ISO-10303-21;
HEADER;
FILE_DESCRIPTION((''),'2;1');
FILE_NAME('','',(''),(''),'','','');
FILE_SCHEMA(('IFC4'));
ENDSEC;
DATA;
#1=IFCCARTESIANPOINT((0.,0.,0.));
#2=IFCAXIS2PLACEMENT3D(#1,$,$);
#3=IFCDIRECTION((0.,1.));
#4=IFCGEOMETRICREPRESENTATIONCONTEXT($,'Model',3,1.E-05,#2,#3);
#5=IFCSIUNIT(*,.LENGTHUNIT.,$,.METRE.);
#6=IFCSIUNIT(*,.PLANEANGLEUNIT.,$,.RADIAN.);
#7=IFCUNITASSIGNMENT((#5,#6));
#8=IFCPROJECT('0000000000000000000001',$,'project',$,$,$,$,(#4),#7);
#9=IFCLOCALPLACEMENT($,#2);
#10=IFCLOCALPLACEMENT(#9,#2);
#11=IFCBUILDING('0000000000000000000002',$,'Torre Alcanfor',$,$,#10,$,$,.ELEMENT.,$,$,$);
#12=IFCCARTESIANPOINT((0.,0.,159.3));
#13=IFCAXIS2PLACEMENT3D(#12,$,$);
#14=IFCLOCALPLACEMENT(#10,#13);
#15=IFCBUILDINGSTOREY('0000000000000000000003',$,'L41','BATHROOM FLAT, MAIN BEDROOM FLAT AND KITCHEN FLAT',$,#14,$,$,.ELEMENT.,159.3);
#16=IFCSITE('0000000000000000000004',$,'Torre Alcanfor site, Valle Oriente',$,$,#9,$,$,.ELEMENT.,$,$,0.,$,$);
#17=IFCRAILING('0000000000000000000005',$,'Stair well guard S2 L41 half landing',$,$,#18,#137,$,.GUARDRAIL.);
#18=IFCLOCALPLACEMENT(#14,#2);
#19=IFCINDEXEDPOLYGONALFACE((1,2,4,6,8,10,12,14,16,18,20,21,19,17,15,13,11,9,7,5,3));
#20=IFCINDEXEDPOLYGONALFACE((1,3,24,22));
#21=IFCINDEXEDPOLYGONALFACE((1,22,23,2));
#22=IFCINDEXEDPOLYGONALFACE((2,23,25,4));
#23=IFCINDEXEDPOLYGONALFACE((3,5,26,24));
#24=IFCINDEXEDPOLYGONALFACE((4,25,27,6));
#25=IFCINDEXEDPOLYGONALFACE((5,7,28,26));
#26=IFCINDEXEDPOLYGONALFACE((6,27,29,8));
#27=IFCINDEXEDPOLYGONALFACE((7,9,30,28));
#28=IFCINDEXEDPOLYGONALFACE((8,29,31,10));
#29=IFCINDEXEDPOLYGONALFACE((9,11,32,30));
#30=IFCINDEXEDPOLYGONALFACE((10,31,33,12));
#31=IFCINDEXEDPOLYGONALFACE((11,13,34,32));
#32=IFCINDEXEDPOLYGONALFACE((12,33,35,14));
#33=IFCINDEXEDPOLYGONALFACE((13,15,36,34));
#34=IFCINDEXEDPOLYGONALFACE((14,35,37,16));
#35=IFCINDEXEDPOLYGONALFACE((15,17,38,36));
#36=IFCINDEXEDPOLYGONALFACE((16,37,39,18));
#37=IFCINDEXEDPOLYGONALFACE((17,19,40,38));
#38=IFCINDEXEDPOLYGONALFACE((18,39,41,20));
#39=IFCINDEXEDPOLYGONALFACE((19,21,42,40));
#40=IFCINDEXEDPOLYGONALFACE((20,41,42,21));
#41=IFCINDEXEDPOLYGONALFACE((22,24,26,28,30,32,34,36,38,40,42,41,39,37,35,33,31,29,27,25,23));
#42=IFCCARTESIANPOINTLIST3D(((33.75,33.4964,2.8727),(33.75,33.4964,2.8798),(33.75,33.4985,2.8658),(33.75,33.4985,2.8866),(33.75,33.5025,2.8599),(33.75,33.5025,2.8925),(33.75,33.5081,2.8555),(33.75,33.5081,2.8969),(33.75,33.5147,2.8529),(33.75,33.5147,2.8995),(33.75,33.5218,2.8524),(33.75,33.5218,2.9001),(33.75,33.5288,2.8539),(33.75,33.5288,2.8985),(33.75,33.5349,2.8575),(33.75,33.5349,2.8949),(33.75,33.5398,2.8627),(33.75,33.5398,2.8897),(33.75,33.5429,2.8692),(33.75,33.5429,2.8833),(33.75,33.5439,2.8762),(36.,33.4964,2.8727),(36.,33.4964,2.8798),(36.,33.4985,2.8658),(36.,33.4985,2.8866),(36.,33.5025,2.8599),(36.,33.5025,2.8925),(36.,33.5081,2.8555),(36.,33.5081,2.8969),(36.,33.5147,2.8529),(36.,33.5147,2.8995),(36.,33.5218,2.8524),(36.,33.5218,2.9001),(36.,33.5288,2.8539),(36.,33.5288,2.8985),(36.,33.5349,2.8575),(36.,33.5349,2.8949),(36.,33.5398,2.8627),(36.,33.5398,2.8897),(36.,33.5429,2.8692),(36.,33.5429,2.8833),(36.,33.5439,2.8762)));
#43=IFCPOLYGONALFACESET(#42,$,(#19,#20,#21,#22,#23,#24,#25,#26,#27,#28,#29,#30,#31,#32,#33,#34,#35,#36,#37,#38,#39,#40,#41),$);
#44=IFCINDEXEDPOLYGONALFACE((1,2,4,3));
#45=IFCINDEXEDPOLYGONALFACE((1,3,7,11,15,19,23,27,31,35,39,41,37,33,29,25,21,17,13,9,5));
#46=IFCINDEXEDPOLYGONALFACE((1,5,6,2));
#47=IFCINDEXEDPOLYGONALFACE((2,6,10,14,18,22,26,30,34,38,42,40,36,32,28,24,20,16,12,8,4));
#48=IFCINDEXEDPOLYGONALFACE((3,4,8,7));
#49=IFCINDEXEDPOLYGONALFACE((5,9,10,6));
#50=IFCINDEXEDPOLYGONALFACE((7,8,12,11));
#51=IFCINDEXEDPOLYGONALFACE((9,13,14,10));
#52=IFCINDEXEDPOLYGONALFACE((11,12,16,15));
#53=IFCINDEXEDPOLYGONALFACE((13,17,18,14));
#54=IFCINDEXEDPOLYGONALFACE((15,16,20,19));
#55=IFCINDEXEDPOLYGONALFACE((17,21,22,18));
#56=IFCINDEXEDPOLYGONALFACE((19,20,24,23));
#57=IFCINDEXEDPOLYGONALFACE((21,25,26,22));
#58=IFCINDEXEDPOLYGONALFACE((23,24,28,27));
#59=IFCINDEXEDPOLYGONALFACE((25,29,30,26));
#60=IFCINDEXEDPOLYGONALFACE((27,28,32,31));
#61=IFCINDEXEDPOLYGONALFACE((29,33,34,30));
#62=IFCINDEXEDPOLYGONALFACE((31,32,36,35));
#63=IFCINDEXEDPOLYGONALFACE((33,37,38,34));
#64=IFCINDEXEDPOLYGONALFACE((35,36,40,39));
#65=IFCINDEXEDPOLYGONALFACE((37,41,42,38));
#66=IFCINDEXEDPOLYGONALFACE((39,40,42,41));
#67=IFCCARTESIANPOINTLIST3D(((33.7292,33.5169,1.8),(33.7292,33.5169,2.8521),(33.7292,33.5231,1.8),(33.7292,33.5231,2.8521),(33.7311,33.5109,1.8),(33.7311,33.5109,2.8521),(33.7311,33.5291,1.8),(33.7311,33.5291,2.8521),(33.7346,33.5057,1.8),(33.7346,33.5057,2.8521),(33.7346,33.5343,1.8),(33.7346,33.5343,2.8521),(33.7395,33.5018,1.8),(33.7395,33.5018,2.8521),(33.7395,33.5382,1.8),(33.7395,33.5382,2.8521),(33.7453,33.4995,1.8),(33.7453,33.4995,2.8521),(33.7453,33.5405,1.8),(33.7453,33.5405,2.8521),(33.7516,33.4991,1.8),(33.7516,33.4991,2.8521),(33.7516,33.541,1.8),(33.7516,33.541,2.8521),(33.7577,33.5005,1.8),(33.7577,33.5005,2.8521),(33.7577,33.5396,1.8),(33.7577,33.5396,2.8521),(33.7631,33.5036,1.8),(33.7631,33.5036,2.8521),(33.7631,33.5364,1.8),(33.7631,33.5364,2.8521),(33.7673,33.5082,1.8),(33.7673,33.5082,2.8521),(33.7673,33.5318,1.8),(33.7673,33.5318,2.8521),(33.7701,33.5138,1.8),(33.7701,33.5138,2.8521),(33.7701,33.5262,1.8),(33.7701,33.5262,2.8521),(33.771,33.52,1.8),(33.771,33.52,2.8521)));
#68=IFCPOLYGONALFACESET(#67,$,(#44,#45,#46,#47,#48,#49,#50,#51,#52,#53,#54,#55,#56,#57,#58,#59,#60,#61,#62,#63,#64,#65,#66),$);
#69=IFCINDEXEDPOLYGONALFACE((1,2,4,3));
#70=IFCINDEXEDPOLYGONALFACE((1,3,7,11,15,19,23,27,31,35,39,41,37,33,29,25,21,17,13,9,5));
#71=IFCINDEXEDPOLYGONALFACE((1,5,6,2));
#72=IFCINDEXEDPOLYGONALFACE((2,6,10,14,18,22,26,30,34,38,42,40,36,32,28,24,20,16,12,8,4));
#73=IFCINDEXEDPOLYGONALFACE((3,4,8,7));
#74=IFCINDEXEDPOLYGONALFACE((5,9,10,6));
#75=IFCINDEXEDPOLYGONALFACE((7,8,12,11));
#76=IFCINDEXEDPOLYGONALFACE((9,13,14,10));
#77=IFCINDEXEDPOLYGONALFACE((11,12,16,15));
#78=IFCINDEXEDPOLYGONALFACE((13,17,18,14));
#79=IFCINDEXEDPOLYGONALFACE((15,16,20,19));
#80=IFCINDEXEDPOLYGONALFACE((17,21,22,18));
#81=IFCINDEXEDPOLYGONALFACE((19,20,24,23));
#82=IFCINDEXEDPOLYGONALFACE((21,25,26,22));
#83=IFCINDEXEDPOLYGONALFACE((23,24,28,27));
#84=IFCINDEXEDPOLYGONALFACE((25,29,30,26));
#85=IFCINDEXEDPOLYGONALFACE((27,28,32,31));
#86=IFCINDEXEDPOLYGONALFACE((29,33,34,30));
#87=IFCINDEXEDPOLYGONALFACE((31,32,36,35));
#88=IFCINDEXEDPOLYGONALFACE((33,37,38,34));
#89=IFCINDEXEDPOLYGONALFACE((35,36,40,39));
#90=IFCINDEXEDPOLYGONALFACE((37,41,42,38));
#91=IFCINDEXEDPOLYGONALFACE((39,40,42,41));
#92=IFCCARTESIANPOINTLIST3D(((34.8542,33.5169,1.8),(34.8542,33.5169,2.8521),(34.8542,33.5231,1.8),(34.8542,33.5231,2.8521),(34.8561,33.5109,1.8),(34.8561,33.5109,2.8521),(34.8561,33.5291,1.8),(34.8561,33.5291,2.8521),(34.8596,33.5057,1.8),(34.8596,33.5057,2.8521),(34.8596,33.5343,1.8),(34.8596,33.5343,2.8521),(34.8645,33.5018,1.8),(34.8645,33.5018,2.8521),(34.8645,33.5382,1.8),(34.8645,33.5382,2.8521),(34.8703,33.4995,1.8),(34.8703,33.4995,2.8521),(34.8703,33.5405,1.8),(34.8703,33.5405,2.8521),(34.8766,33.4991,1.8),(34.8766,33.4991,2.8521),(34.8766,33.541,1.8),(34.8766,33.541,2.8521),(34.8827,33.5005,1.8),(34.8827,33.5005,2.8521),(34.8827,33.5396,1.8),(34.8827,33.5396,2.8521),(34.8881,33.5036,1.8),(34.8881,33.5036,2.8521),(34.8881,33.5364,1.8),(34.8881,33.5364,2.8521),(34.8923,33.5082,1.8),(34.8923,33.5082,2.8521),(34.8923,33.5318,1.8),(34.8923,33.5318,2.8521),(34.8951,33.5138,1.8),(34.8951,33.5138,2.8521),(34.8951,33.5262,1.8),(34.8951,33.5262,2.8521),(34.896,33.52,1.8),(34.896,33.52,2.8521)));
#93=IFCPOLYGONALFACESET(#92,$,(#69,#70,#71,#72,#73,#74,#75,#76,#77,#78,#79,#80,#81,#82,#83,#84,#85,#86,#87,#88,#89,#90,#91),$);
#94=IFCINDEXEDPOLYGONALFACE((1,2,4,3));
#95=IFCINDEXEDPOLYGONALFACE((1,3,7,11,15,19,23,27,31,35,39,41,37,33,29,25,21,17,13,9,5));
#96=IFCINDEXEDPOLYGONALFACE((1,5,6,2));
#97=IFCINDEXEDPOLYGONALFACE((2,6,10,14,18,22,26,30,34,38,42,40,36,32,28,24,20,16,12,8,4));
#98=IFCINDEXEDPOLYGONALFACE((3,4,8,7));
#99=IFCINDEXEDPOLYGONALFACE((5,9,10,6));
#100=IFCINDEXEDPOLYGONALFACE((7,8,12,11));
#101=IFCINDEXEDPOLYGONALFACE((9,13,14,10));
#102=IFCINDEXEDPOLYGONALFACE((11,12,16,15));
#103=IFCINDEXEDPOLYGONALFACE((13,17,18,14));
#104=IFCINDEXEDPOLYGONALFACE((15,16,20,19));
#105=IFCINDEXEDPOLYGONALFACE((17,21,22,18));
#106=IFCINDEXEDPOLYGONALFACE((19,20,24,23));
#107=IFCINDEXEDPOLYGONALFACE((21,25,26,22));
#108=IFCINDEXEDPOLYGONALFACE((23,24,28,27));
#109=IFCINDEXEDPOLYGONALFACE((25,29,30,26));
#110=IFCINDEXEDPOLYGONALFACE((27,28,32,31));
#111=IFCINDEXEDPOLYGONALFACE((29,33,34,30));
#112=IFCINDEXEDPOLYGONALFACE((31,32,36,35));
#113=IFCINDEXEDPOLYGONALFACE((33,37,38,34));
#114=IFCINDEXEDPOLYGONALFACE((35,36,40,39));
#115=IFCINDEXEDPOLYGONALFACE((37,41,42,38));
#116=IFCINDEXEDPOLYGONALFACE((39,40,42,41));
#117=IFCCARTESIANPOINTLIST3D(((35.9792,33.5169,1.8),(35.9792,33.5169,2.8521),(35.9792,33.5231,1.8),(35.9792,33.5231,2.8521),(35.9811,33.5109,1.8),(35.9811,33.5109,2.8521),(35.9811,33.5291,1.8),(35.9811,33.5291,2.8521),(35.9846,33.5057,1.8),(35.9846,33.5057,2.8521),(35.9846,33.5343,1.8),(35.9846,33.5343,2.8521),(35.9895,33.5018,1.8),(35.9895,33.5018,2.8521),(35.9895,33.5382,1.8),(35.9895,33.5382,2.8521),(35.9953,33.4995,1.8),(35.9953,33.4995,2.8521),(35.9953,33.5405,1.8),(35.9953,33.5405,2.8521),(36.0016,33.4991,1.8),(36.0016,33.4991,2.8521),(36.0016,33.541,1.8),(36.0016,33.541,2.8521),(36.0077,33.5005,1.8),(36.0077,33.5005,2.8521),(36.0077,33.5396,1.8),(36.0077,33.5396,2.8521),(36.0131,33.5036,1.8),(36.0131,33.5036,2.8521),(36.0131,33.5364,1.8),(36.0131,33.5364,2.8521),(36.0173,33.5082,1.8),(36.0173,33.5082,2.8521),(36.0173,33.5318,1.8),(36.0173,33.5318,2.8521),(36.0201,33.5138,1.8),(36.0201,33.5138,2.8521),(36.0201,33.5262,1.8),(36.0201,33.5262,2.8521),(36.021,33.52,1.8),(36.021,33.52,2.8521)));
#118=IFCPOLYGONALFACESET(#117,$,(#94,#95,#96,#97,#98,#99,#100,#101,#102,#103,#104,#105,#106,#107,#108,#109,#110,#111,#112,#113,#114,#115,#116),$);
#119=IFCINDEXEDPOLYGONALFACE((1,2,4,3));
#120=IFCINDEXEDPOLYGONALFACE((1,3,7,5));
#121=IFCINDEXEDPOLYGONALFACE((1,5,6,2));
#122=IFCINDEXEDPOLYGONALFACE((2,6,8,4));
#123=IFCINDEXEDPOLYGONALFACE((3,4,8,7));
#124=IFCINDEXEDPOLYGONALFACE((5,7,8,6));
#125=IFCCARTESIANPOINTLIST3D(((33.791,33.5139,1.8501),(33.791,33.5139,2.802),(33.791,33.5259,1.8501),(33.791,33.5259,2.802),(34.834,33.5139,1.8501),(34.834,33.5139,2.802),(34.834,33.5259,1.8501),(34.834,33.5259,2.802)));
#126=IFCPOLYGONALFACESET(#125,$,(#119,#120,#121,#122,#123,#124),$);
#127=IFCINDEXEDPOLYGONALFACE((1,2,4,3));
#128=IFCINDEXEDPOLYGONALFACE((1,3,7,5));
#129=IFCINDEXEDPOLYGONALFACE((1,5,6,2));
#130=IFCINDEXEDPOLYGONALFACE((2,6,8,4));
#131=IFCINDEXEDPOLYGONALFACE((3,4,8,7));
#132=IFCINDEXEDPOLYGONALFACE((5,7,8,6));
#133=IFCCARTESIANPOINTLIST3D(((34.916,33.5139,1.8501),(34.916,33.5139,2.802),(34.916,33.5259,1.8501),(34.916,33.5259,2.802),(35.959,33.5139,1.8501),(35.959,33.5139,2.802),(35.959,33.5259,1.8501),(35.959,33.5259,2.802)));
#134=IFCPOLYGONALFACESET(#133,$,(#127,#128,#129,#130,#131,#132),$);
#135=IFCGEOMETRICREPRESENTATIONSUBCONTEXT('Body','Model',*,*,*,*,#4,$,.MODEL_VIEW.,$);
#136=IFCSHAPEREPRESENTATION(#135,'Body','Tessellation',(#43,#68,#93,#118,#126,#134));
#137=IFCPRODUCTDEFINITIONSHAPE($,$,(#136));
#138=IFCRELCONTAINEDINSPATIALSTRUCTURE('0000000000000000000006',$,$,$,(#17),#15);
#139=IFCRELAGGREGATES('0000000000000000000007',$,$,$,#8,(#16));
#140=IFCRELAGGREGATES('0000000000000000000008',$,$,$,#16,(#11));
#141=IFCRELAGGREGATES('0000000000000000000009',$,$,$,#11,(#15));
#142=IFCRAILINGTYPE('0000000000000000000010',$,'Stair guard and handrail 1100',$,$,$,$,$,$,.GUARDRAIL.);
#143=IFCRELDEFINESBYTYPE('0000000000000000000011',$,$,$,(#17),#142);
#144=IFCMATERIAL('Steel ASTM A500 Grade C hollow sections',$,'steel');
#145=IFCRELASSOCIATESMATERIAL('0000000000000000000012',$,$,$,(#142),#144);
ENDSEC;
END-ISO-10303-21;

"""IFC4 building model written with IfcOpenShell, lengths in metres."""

from ifc_helpers import new_model, si_unit, direction, frame, origin, origin_2d, place, context, subcontext, project, spatial, polyline, circle, outline, extrude, material, type_object, element, save


model = new_model("IFC4")

# Units and contexts
model_context = context("Model", 3, precision=1e-05, world=origin(), true_north=direction((0.0, 1.0)))
body_context = subcontext(model_context, "Body", "Model", "MODEL_VIEW")
ifc_project = project(units=[si_unit("LENGTHUNIT", "METRE"), si_unit("PLANEANGLEUNIT", "RADIAN")], contexts=[model_context])

# Site, building, storey
site_placement = place(None, origin())
site = spatial("IfcSite", under=ifc_project, at=site_placement, Name="Torre Alcanfor site, Valle Oriente", CompositionType="ELEMENT", RefElevation=0.0)
building_placement = place(site_placement, origin())
building = spatial("IfcBuilding", under=site, at=building_placement, Name="Torre Alcanfor", CompositionType="ELEMENT")
storey_placement = place(building_placement, frame((0.0, 0.0, 159.3)))
storey = spatial("IfcBuildingStorey", under=building, at=storey_placement, Name="L41", Description="BATHROOM FLAT, MAIN BEDROOM FLAT AND KITCHEN FLAT", CompositionType="ELEMENT", Elevation=159.3)

# Railing
ifc_material_1 = material(Name="Steel ASTM A500 Grade C hollow sections", Category="steel")
railing_type_1 = type_object("IfcRailingType", Name="Stair guard and handrail 1100", PredefinedType="GUARDRAIL", material=ifc_material_1)
for number, where, name in (
    (1, (33.75, 33.52, 1.8), "Stair well guard S2 L41 half landing"),
):
    element("IfcRailing", number, at=place(storey_placement, frame(where)), inside=storey, type_object=railing_type_1, Name=name, PredefinedType="GUARDRAIL", context=body_context, shape_type="SweptSolid", body=[
        extrude(circle(Radius=0.0239, at=origin_2d()), frame((0.0, 0.0, 1.0762), z_axis=(1.0, 0.0, 0.0), x_axis=(0.0, 1.0, 0.0)), (0.0, 0.0, 1.0), 2.25),
        extrude(circle(Radius=0.021, at=origin_2d()), origin(), (0.0, 0.0, 1.0), 1.052),
        extrude(circle(Radius=0.021, at=origin_2d()), frame((1.125, 0.0, 0.0)), (0.0, 0.0, 1.0), 1.052),
        extrude(circle(Radius=0.021, at=origin_2d()), frame((2.25, 0.0, 0.0)), (0.0, 0.0, 1.0), 1.052),
        extrude(outline(polyline([(0.041, 0.05), (1.084, 0.05), (1.084, 1.002), (0.041, 1.002), (0.041, 0.05)])), frame((0.0, 0.0059, 0.0), z_axis=(0.0, -1.0, 0.0), x_axis=(1.0, 0.0, 0.0)), (0.0, 0.0, 1.0), 0.012),
        extrude(outline(polyline([(1.166, 0.05), (2.209, 0.05), (2.209, 1.002), (1.166, 1.002), (1.166, 0.05)])), frame((0.0, 0.0059, 0.0), z_axis=(0.0, -1.0, 0.0), x_axis=(1.0, 0.0, 0.0)), (0.0, 0.0, 1.0), 0.012),
    ])

save(model, "model.ifc")
